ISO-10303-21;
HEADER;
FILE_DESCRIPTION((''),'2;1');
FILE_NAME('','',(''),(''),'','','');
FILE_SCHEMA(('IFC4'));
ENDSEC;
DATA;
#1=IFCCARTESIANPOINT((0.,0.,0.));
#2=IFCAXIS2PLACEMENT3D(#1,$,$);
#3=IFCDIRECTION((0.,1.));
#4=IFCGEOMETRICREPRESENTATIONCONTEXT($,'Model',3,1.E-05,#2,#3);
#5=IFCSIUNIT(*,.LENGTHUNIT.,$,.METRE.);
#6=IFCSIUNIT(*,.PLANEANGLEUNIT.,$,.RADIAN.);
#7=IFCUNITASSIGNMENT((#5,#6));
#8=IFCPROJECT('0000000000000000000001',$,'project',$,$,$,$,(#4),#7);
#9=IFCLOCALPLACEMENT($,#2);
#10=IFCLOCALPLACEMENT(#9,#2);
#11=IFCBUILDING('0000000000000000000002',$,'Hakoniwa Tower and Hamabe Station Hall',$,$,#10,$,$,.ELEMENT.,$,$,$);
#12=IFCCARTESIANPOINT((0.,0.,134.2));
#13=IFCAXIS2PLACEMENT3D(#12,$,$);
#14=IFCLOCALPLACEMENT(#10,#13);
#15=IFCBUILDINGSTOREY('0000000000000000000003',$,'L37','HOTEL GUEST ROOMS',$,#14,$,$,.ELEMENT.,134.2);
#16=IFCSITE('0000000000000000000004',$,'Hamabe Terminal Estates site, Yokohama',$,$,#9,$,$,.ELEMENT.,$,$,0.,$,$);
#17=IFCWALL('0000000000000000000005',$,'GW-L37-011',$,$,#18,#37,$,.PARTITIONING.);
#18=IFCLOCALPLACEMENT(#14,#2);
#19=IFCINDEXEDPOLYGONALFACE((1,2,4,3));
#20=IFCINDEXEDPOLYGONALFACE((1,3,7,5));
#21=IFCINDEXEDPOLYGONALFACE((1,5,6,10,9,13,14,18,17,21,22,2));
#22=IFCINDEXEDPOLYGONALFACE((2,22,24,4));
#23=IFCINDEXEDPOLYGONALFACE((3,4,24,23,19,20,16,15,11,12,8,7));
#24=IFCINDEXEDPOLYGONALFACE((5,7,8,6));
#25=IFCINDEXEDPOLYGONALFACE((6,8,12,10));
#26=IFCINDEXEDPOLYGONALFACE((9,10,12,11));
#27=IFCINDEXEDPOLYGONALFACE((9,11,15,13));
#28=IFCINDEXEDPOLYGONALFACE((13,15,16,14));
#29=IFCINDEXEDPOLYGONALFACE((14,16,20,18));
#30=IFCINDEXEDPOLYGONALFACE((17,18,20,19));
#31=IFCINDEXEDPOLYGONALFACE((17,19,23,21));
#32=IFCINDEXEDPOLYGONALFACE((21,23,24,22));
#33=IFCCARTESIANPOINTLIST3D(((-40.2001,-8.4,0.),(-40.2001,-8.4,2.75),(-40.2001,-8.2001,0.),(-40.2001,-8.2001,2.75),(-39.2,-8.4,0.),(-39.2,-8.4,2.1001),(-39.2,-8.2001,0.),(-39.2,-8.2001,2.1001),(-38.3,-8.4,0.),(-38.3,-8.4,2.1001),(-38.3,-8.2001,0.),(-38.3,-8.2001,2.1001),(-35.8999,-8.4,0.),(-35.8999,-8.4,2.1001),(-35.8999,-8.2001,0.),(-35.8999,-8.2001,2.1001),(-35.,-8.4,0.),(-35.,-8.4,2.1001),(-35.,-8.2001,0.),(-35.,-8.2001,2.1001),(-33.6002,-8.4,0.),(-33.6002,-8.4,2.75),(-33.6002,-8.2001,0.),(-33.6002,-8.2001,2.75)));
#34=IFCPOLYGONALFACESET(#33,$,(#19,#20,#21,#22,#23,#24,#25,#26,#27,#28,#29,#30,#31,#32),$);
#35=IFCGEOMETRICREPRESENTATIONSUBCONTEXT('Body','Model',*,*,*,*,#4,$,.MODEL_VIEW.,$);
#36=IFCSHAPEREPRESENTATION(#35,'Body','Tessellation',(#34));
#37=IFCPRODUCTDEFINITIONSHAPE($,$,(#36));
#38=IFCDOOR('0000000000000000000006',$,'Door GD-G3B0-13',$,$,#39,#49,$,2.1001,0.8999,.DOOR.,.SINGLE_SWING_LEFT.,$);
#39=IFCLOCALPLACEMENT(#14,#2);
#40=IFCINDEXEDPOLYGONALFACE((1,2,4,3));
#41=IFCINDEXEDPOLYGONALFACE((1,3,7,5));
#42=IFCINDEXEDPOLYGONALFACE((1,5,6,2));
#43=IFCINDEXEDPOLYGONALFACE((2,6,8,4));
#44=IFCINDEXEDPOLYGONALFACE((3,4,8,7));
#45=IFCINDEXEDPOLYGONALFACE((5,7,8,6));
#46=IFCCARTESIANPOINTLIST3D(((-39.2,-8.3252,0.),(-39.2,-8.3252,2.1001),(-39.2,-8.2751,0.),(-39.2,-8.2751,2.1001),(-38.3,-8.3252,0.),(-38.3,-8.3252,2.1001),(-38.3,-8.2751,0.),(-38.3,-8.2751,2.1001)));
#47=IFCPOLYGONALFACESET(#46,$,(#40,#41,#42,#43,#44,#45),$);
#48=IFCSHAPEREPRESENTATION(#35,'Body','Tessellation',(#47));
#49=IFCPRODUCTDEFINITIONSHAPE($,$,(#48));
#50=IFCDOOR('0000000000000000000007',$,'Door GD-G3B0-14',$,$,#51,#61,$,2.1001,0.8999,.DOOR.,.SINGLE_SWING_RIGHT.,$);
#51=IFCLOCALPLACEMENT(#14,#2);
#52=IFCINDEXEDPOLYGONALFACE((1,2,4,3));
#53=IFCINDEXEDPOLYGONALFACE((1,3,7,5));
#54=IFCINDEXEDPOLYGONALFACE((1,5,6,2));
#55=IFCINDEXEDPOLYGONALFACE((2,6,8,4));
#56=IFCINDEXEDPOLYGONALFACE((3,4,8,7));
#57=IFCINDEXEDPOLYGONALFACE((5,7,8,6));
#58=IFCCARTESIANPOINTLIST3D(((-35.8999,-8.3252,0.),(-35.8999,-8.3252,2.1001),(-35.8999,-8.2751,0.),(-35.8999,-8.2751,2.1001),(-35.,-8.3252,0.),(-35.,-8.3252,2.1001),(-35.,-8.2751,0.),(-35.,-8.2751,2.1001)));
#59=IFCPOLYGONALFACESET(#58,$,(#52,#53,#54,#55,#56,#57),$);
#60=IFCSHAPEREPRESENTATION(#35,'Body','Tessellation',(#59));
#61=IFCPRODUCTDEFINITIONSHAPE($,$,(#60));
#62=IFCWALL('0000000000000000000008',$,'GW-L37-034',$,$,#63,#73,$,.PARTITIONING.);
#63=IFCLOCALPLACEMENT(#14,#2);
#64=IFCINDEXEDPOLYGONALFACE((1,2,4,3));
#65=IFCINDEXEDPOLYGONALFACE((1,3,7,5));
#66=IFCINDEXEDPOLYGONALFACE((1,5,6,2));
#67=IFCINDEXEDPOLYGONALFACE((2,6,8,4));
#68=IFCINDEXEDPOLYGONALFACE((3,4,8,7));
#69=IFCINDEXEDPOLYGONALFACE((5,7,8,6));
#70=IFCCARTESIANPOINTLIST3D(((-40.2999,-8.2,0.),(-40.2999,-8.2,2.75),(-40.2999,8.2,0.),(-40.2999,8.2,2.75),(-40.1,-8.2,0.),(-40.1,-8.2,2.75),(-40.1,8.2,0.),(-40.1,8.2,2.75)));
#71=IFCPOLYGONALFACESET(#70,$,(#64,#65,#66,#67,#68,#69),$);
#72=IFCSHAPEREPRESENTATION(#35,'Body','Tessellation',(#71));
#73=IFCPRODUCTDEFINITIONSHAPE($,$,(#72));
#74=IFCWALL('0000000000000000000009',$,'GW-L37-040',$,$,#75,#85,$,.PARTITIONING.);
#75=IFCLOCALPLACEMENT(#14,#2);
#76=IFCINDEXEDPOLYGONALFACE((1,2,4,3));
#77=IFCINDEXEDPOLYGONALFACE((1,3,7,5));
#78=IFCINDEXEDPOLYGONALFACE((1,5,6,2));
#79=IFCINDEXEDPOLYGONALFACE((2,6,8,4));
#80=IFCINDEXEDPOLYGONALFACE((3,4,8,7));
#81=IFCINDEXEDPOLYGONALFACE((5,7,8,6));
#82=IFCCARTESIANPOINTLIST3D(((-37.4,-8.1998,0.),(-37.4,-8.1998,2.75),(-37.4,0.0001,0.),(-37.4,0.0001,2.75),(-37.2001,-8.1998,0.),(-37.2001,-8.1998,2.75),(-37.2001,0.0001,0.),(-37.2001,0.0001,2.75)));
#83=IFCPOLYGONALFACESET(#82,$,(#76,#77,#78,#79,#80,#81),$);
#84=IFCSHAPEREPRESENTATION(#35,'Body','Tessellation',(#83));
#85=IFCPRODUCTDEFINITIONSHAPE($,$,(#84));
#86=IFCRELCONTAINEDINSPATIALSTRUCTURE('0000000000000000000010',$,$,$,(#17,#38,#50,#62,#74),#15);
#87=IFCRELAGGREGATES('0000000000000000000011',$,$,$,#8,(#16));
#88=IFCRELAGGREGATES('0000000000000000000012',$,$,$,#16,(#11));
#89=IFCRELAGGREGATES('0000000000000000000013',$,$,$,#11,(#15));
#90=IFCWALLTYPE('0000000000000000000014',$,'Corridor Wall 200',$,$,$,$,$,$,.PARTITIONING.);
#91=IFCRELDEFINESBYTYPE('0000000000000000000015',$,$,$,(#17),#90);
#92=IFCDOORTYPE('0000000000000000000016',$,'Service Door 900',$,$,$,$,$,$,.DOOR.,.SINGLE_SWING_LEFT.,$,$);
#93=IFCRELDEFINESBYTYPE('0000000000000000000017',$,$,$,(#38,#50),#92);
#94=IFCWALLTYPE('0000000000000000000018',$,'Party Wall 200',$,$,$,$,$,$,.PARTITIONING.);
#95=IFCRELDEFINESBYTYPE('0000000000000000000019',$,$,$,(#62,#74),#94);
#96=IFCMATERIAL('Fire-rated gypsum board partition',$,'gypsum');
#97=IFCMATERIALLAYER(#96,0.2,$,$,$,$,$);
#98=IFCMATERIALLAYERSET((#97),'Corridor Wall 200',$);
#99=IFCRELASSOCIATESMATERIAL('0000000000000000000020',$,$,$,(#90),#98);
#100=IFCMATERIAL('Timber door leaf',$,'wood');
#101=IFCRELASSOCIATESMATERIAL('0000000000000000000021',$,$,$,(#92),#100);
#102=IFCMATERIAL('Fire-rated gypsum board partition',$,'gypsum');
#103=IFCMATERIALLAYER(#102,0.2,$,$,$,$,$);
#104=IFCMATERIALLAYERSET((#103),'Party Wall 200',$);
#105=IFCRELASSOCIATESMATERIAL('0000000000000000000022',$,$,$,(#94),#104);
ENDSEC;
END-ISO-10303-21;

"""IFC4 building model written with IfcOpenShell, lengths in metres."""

from ifc_helpers import new_model, si_unit, direction, frame, frame_2d, origin, place, context, subcontext, project, spatial, rectangle, extrude, material, layer, layer_set, type_object, element, fill, save


model = new_model("IFC4")

# Units and contexts
model_context = context("Model", 3, precision=1e-05, world=origin(), true_north=direction((0.0, 1.0)))
body_context = subcontext(model_context, "Body", "Model", "MODEL_VIEW")
ifc_project = project(units=[si_unit("LENGTHUNIT", "METRE"), si_unit("PLANEANGLEUNIT", "RADIAN")], contexts=[model_context])

# Site, building, storey
site_placement = place(None, origin())
site = spatial("IfcSite", under=ifc_project, at=site_placement, Name="Hamabe Terminal Estates site, Yokohama", CompositionType="ELEMENT", RefElevation=0.0)
building_placement = place(site_placement, origin())
building = spatial("IfcBuilding", under=site, at=building_placement, Name="Hakoniwa Tower and Hamabe Station Hall", CompositionType="ELEMENT")
storey_placement = place(building_placement, frame((0.0, 0.0, 134.2)))
storey = spatial("IfcBuildingStorey", under=building, at=storey_placement, Name="L37", Description="HOTEL GUEST ROOMS", CompositionType="ELEMENT", Elevation=134.2)

# Wall, openings, doors
ifc_material_1 = material(Name="Fire-rated gypsum board partition", Category="gypsum")
ifc_layer_1 = layer(ifc_material_1, 0.2)
ifc_layer_set_1 = layer_set([ifc_layer_1], Name="Corridor Wall 200")
wall_type_1 = type_object("IfcWallType", Name="Corridor Wall 200", PredefinedType="PARTITIONING", material=ifc_layer_set_1)
wall_1_placement = place(storey_placement, frame((-40.2, -8.3, 0.0), z_axis=(0.0, 0.0, 1.0), x_axis=(1.0, 0.0, 0.0)))
wall_1 = element("IfcWall", 1, at=wall_1_placement, inside=storey, type_object=wall_type_1, Name="GW-L37-011", PredefinedType="PARTITIONING", context=body_context, shape_type="SweptSolid", body=[
    extrude(rectangle(XDim=6.5999, YDim=0.2, at=frame_2d((3.2998, 0.0))), origin(), (0.0, 0.0, 1.0), 2.75),
])
opening_1_placement = place(wall_1_placement, frame((1.0, 0.0, 0.0)))
opening_1 = element("IfcOpeningElement", 2, at=opening_1_placement, cuts=wall_1, PredefinedType="OPENING", context=body_context, shape_type="SweptSolid", body=[
    extrude(rectangle(XDim=0.8999, YDim=2.1001, at=frame_2d((0.45, 1.05))), frame((0.0, 0.1099, 0.0), z_axis=(0.0, -1.0, 0.0), x_axis=(1.0, 0.0, 0.0)), (0.0, 0.0, 1.0), 0.22),
])
opening_2_placement = place(wall_1_placement, frame((4.3, 0.0, 0.0)))
opening_2 = element("IfcOpeningElement", 3, at=opening_2_placement, cuts=wall_1, PredefinedType="OPENING", context=body_context, shape_type="SweptSolid", body=[
    extrude(rectangle(XDim=0.8999, YDim=2.1001, at=frame_2d((0.45, 1.05))), frame((0.0, 0.1099, 0.0), z_axis=(0.0, -1.0, 0.0), x_axis=(1.0, 0.0, 0.0)), (0.0, 0.0, 1.0), 0.22),
])
ifc_material_2 = material(Name="Timber door leaf", Category="wood")
door_type_1 = type_object("IfcDoorType", Name="Service Door 900", OperationType="SINGLE_SWING_LEFT", PredefinedType="DOOR", material=ifc_material_2)
door_1_placement = place(opening_1_placement, origin())
door_1 = element("IfcDoor", 4, at=door_1_placement, inside=storey, type_object=door_type_1, Name="Door GD-G3B0-13", OperationType="SINGLE_SWING_LEFT", OverallHeight=2.1001, OverallWidth=0.8999, PredefinedType="DOOR", context=body_context, shape_type="SweptSolid", body=[
    extrude(rectangle(XDim=0.8999, YDim=2.1001, at=frame_2d((0.45, 1.05))), frame((0.0, 0.0249, 0.0), z_axis=(0.0, -1.0, 0.0), x_axis=(1.0, 0.0, 0.0)), (0.0, 0.0, 1.0), 0.05),
])
fill(opening_1, door_1)
door_2_placement = place(opening_2_placement, origin())
door_2 = element("IfcDoor", 5, at=door_2_placement, inside=storey, type_object=door_type_1, Name="Door GD-G3B0-14", OperationType="SINGLE_SWING_RIGHT", OverallHeight=2.1001, OverallWidth=0.8999, PredefinedType="DOOR", context=body_context, shape_type="SweptSolid", body=[
    extrude(rectangle(XDim=0.8999, YDim=2.1001, at=frame_2d((0.45, 1.05))), frame((0.0, 0.0249, 0.0), z_axis=(0.0, -1.0, 0.0), x_axis=(1.0, 0.0, 0.0)), (0.0, 0.0, 1.0), 0.05),
])
fill(opening_2, door_2)

# Walls
ifc_material_3 = material(Name="Fire-rated gypsum board partition", Category="gypsum")
ifc_layer_2 = layer(ifc_material_3, 0.2)
ifc_layer_set_2 = layer_set([ifc_layer_2], Name="Party Wall 200")
wall_type_2 = type_object("IfcWallType", Name="Party Wall 200", PredefinedType="PARTITIONING", material=ifc_layer_set_2)
wall_2_placement = place(storey_placement, frame((-40.2, -8.2, 0.0), z_axis=(0.0, 0.0, 1.0), x_axis=(0.0, 1.0, 0.0)))
element("IfcWall", 6, at=wall_2_placement, inside=storey, type_object=wall_type_2, Name="GW-L37-034", PredefinedType="PARTITIONING", context=body_context, shape_type="SweptSolid", body=[
    extrude(rectangle(XDim=16.3999, YDim=0.2, at=frame_2d((8.2, 0.0))), origin(), (0.0, 0.0, 1.0), 2.75),
])
wall_3_placement = place(storey_placement, frame((-37.3, -8.2, 0.0), z_axis=(0.0, 0.0, 1.0), x_axis=(0.0, 1.0, 0.0)))
element("IfcWall", 7, at=wall_3_placement, inside=storey, type_object=wall_type_2, Name="GW-L37-040", PredefinedType="PARTITIONING", context=body_context, shape_type="SweptSolid", body=[
    extrude(rectangle(XDim=8.2, YDim=0.2, at=frame_2d((4.1001, 0.0))), origin(), (0.0, 0.0, 1.0), 2.75),
])

save(model, "model.ifc")
